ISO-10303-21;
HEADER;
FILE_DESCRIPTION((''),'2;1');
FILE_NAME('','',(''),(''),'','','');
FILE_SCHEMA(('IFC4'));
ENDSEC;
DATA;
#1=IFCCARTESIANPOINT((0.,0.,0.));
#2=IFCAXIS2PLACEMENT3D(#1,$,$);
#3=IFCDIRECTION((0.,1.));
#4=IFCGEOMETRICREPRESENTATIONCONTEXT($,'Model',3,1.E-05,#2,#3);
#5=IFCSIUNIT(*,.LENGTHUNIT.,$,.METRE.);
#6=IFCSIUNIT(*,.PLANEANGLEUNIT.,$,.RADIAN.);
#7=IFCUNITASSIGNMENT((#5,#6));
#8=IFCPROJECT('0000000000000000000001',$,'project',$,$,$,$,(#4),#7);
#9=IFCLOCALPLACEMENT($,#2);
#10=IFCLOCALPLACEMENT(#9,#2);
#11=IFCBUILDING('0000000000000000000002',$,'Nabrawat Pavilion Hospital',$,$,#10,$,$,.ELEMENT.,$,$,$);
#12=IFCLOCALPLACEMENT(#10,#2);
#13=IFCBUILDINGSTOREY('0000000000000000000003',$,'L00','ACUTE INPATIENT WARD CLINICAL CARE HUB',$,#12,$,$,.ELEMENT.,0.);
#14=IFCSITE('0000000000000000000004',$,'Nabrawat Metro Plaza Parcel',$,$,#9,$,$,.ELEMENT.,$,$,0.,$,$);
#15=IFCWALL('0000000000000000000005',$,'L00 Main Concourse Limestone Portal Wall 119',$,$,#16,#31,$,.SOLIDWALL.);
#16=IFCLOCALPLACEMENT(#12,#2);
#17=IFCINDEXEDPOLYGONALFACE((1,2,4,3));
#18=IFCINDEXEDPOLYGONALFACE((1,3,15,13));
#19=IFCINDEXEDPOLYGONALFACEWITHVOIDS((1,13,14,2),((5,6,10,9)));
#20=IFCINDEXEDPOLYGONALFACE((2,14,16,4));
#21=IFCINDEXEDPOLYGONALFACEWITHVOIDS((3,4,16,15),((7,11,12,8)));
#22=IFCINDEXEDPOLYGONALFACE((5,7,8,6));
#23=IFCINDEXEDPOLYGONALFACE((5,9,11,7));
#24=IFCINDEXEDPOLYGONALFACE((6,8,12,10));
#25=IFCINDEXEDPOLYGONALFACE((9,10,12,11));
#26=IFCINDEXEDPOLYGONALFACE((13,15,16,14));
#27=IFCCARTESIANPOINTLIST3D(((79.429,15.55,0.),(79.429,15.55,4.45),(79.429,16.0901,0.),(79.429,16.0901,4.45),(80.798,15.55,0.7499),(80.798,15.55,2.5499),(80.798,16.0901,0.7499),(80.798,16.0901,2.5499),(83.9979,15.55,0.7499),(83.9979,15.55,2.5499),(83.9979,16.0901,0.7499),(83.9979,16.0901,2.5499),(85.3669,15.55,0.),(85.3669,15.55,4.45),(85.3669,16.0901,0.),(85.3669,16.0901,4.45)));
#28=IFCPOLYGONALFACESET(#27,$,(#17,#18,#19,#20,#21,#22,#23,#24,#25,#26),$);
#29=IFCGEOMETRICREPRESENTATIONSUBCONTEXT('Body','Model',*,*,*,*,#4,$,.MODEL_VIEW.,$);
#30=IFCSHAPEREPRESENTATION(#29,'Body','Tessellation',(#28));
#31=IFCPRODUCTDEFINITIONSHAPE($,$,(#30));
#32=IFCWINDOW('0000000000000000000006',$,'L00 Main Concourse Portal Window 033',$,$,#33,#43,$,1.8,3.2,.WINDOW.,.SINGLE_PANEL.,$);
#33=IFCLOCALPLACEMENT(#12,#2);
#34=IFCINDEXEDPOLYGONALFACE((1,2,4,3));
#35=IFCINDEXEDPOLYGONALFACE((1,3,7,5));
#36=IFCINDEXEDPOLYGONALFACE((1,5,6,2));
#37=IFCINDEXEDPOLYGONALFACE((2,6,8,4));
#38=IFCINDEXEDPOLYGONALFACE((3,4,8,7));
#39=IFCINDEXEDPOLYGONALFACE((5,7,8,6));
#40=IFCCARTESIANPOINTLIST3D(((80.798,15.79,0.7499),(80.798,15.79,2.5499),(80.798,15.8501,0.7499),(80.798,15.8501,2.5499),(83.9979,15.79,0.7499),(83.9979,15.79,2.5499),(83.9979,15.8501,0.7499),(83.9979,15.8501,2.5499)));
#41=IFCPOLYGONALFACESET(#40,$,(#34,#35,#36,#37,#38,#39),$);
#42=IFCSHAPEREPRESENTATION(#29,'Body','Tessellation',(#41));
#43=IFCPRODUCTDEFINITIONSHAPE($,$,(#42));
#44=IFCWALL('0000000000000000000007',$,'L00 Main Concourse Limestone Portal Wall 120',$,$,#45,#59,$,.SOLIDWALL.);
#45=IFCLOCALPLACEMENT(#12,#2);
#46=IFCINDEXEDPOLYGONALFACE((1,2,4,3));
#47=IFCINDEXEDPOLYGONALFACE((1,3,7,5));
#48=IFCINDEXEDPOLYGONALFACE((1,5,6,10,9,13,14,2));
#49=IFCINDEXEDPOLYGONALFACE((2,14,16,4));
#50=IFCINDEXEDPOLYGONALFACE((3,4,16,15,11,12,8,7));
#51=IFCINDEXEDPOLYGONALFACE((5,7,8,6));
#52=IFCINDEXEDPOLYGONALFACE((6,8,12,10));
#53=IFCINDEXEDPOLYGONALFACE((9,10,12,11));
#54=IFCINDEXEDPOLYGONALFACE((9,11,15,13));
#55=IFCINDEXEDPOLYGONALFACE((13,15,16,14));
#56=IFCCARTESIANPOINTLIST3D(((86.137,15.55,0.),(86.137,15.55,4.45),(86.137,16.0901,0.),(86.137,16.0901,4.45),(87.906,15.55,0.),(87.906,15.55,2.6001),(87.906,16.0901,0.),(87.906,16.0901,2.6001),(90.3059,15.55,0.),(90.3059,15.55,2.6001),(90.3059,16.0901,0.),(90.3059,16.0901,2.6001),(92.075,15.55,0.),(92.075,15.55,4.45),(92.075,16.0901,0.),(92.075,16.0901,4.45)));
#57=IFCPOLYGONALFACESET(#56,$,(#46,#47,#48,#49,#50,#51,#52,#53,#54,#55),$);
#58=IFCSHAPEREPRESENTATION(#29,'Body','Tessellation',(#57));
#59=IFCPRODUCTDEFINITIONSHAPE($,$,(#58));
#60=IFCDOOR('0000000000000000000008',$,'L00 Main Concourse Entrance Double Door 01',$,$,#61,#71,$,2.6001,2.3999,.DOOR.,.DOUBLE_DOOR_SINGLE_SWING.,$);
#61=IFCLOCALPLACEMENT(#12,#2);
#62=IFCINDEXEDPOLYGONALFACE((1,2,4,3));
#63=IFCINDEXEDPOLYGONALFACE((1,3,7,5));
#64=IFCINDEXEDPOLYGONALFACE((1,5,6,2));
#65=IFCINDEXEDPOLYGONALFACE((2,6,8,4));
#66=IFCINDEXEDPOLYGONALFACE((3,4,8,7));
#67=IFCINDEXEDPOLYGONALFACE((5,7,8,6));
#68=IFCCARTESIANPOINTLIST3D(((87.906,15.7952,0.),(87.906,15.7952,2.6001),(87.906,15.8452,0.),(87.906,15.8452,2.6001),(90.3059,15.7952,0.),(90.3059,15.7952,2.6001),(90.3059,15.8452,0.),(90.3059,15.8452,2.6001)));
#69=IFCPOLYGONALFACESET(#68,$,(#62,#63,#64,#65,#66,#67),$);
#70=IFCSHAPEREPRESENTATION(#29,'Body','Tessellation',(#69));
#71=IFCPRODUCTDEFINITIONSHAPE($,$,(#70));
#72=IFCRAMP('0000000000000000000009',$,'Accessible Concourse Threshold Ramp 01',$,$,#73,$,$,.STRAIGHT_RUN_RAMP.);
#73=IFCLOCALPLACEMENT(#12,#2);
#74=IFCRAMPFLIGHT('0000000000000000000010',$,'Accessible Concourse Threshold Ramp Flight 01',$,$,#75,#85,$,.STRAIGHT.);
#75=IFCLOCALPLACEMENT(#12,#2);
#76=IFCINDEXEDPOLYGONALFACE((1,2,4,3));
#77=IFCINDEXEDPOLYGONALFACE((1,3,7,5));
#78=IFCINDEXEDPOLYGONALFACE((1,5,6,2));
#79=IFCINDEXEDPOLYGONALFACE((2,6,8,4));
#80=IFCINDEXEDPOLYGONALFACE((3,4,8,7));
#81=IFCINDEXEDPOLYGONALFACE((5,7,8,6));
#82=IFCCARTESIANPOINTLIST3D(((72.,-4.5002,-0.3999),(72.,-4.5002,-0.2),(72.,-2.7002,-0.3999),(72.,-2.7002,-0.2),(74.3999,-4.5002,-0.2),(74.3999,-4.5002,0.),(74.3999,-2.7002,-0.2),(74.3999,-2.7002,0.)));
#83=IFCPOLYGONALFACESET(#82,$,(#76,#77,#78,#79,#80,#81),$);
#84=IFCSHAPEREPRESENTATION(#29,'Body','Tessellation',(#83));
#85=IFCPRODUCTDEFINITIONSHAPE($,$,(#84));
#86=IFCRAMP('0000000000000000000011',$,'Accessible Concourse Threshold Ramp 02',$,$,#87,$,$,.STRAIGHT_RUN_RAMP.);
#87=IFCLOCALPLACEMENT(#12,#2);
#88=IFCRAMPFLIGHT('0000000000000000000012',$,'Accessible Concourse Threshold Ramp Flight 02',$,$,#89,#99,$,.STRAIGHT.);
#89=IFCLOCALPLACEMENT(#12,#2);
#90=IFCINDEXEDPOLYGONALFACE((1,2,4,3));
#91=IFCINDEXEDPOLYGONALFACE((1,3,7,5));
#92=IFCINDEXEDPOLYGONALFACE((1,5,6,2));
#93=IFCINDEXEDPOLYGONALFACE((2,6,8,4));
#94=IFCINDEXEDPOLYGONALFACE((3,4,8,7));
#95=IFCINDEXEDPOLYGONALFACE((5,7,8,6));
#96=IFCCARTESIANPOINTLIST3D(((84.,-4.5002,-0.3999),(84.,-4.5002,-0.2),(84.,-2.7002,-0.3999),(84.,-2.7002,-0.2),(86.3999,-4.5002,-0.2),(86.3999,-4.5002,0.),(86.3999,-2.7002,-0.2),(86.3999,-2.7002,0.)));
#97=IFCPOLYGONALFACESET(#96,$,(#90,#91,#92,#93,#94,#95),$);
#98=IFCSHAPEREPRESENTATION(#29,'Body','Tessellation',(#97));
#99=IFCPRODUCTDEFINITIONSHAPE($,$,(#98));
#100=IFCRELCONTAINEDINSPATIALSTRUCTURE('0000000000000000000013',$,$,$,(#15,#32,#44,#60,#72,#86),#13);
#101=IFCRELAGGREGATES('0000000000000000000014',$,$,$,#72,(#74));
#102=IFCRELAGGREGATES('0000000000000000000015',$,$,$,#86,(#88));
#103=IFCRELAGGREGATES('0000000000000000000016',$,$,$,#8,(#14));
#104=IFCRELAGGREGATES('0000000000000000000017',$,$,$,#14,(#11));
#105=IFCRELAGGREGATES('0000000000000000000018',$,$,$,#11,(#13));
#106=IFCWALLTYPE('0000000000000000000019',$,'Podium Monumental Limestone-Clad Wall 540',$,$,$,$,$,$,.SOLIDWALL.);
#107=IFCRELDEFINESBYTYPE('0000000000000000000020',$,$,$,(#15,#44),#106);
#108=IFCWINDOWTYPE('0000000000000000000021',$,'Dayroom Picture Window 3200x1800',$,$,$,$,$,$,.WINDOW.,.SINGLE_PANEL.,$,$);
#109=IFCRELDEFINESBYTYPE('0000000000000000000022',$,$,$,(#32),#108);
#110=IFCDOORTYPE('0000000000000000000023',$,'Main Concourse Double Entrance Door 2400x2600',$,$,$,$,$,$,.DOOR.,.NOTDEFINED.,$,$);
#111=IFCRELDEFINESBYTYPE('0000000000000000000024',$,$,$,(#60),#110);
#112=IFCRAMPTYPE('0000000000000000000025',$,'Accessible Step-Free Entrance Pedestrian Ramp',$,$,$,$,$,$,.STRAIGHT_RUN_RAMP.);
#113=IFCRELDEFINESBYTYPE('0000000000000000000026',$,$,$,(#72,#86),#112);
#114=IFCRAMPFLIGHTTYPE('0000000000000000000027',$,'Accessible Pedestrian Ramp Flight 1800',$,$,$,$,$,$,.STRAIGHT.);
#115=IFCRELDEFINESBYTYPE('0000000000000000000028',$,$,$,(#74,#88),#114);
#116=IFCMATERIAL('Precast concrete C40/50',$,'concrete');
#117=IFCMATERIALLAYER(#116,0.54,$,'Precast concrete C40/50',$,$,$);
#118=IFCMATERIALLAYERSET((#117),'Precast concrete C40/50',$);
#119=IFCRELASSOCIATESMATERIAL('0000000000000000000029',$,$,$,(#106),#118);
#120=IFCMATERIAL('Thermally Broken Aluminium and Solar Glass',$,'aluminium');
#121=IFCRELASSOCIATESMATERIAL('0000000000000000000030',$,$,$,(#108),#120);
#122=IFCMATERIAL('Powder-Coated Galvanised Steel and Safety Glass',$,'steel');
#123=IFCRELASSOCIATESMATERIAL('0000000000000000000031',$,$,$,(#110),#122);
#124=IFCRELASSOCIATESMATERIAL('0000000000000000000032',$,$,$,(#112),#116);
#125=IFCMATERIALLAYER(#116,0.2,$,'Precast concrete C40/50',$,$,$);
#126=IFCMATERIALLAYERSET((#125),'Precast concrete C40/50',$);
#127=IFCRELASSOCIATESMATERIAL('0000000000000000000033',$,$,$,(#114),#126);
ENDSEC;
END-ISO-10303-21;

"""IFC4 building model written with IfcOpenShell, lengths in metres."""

from ifc_helpers import new_model, si_unit, direction, frame, frame_2d, origin, place, context, subcontext, project, spatial, polyline, rectangle, outline, extrude, material, layer, layer_set, type_object, element, fill, aggregate, save


model = new_model("IFC4")

# Units and contexts
model_context = context("Model", 3, precision=1e-05, world=origin(), true_north=direction((0.0, 1.0)))
body_context = subcontext(model_context, "Body", "Model", "MODEL_VIEW")
ifc_project = project(units=[si_unit("LENGTHUNIT", "METRE"), si_unit("PLANEANGLEUNIT", "RADIAN")], contexts=[model_context])

# Site, building, storey
site_placement = place(None, origin())
site = spatial("IfcSite", under=ifc_project, at=site_placement, Name="Nabrawat Metro Plaza Parcel", CompositionType="ELEMENT", RefElevation=0.0)
building_placement = place(site_placement, origin())
building = spatial("IfcBuilding", under=site, at=building_placement, Name="Nabrawat Pavilion Hospital", CompositionType="ELEMENT")
storey_placement = place(building_placement, origin())
storey = spatial("IfcBuildingStorey", under=building, at=storey_placement, Name="L00", Description="ACUTE INPATIENT WARD CLINICAL CARE HUB", CompositionType="ELEMENT", Elevation=0.0)

# Wall, opening, window
ifc_material_1 = material(Name="Precast concrete C40/50", Category="concrete")
ifc_layer_1 = layer(ifc_material_1, 0.54, Name="Precast concrete C40/50")
ifc_layer_set_1 = layer_set([ifc_layer_1], Name="Precast concrete C40/50")
wall_type_1 = type_object("IfcWallType", Name="Podium Monumental Limestone-Clad Wall 540", PredefinedType="SOLIDWALL", material=ifc_layer_set_1)
ifc_material_2 = material(Name="Thermally Broken Aluminium and Solar Glass", Category="aluminium")
window_type = type_object("IfcWindowType", Name="Dayroom Picture Window 3200x1800", PartitioningType="SINGLE_PANEL", PredefinedType="WINDOW", material=ifc_material_2)
wall_1_placement = place(storey_placement, frame((79.429, 15.8201, 0.0), z_axis=(0.0, 0.0, 1.0), x_axis=(1.0, 0.0, 0.0)))
wall_1 = element("IfcWall", 1, at=wall_1_placement, inside=storey, type_object=wall_type_1, Name="L00 Main Concourse Limestone Portal Wall 119", PredefinedType="SOLIDWALL", context=body_context, shape_type="SweptSolid", body=[
    extrude(rectangle(XDim=5.938, YDim=0.54, at=frame_2d((2.969, 0.0))), origin(), (0.0, 0.0, 1.0), 4.45),
])
opening_1_placement = place(wall_1_placement, frame((1.3689, 0.0, 0.75)))
opening_1 = element("IfcOpeningElement", 2, at=opening_1_placement, cuts=wall_1, PredefinedType="OPENING", context=body_context, shape_type="SweptSolid", body=[
    extrude(rectangle(XDim=3.2, YDim=1.8, at=frame_2d((1.6001, 0.8999))), frame((0.0, 0.28, 0.0), z_axis=(0.0, -1.0, 0.0), x_axis=(1.0, 0.0, 0.0)), (0.0, 0.0, 1.0), 0.5601),
])
window_1_placement = place(opening_1_placement, origin())
window_1 = element("IfcWindow", 3, at=window_1_placement, inside=storey, type_object=window_type, Name="L00 Main Concourse Portal Window 033", OverallHeight=1.8, OverallWidth=3.2, PartitioningType="SINGLE_PANEL", PredefinedType="WINDOW", context=body_context, shape_type="SweptSolid", body=[
    extrude(rectangle(XDim=3.2, YDim=1.8, at=frame_2d((1.6001, 0.8999))), frame((0.0, 0.03, 0.0), z_axis=(0.0, -1.0, 0.0), x_axis=(1.0, 0.0, 0.0)), (0.0, 0.0, 1.0), 0.0601),
])
fill(opening_1, window_1)

# Wall, opening, door
wall_2_placement = place(storey_placement, frame((86.137, 15.8201, 0.0), z_axis=(0.0, 0.0, 1.0), x_axis=(1.0, 0.0, 0.0)))
wall_2 = element("IfcWall", 4, at=wall_2_placement, inside=storey, type_object=wall_type_1, Name="L00 Main Concourse Limestone Portal Wall 120", PredefinedType="SOLIDWALL", context=body_context, shape_type="SweptSolid", body=[
    extrude(rectangle(XDim=5.938, YDim=0.54, at=frame_2d((2.969, 0.0))), origin(), (0.0, 0.0, 1.0), 4.45),
])
opening_2_placement = place(wall_2_placement, frame((1.769, 0.0, 0.0)))
opening_2 = element("IfcOpeningElement", 5, at=opening_2_placement, cuts=wall_2, PredefinedType="OPENING", context=body_context, shape_type="SweptSolid", body=[
    extrude(rectangle(XDim=2.3999, YDim=2.6001, at=frame_2d((1.2, 1.3))), frame((0.0, 0.28, 0.0), z_axis=(0.0, -1.0, 0.0), x_axis=(1.0, 0.0, 0.0)), (0.0, 0.0, 1.0), 0.5601),
])
ifc_material_3 = material(Name="Powder-Coated Galvanised Steel and Safety Glass", Category="steel")
door_type = type_object("IfcDoorType", Name="Main Concourse Double Entrance Door 2400x2600", OperationType="NOTDEFINED", PredefinedType="DOOR", material=ifc_material_3)
door_placement = place(opening_2_placement, frame((2.3999, 0.0, 0.0), z_axis=(0.0, 0.0, 1.0), x_axis=(-1.0, 0.0, 0.0)))
door = element("IfcDoor", 6, at=door_placement, inside=storey, type_object=door_type, Name="L00 Main Concourse Entrance Double Door 01", OperationType="DOUBLE_DOOR_SINGLE_SWING", OverallHeight=2.6001, OverallWidth=2.3999, PredefinedType="DOOR", context=body_context, shape_type="SweptSolid", body=[
    extrude(rectangle(XDim=2.3999, YDim=2.6001, at=frame_2d((1.2, 1.3))), frame((0.0, 0.0249, 0.0), z_axis=(0.0, -1.0, 0.0), x_axis=(1.0, 0.0, 0.0)), (0.0, 0.0, 1.0), 0.05),
])
fill(opening_2, door)

# Ramps, ramp flights
ramp_type = type_object("IfcRampType", Name="Accessible Step-Free Entrance Pedestrian Ramp", PredefinedType="STRAIGHT_RUN_RAMP", material=ifc_material_1)
ramp_1_placement = place(storey_placement, origin())
ramp_1 = element("IfcRamp", 7, at=ramp_1_placement, inside=storey, type_object=ramp_type, Name="Accessible Concourse Threshold Ramp 01", PredefinedType="STRAIGHT_RUN_RAMP")
ifc_layer_2 = layer(ifc_material_1, 0.2, Name="Precast concrete C40/50")
ifc_layer_set_2 = layer_set([ifc_layer_2], Name="Precast concrete C40/50")
ramp_flight_type = type_object("IfcRampFlightType", Name="Accessible Pedestrian Ramp Flight 1800", PredefinedType="STRAIGHT", material=ifc_layer_set_2)
ramp_flight_1_placement = place(storey_placement, frame((72.0, -3.6001, -0.2), z_axis=(0.0, 0.0, 1.0), x_axis=(1.0, 0.0, 0.0)))
ramp_flight_1 = element("IfcRampFlight", 8, at=ramp_flight_1_placement, type_object=ramp_flight_type, Name="Accessible Concourse Threshold Ramp Flight 01", PredefinedType="STRAIGHT", context=body_context, shape_type="SweptSolid", body=[
    extrude(outline(polyline([(0.0, 0.0), (2.3999, 0.2), (2.3999, 0.0), (0.0, -0.2), (0.0, 0.0)])), frame((0.0, 0.8999, 0.0), z_axis=(0.0, -1.0, 0.0), x_axis=(1.0, 0.0, 0.0)), (0.0, 0.0, 1.0), 1.8),
])
aggregate(ramp_1, [ramp_flight_1])
ramp_2_placement = place(storey_placement, origin())
ramp_2 = element("IfcRamp", 9, at=ramp_2_placement, inside=storey, type_object=ramp_type, Name="Accessible Concourse Threshold Ramp 02", PredefinedType="STRAIGHT_RUN_RAMP")
ramp_flight_2_placement = place(storey_placement, frame((84.0, -3.6001, -0.2), z_axis=(0.0, 0.0, 1.0), x_axis=(1.0, 0.0, 0.0)))
ramp_flight_2 = element("IfcRampFlight", 10, at=ramp_flight_2_placement, type_object=ramp_flight_type, Name="Accessible Concourse Threshold Ramp Flight 02", PredefinedType="STRAIGHT", context=body_context, shape_type="SweptSolid", body=[
    extrude(outline(polyline([(0.0, 0.0), (2.3999, 0.2), (2.3999, 0.0), (0.0, -0.2), (0.0, 0.0)])), frame((0.0, 0.8999, 0.0), z_axis=(0.0, -1.0, 0.0), x_axis=(1.0, 0.0, 0.0)), (0.0, 0.0, 1.0), 1.8),
])
aggregate(ramp_2, [ramp_flight_2])

save(model, "model.ifc")
